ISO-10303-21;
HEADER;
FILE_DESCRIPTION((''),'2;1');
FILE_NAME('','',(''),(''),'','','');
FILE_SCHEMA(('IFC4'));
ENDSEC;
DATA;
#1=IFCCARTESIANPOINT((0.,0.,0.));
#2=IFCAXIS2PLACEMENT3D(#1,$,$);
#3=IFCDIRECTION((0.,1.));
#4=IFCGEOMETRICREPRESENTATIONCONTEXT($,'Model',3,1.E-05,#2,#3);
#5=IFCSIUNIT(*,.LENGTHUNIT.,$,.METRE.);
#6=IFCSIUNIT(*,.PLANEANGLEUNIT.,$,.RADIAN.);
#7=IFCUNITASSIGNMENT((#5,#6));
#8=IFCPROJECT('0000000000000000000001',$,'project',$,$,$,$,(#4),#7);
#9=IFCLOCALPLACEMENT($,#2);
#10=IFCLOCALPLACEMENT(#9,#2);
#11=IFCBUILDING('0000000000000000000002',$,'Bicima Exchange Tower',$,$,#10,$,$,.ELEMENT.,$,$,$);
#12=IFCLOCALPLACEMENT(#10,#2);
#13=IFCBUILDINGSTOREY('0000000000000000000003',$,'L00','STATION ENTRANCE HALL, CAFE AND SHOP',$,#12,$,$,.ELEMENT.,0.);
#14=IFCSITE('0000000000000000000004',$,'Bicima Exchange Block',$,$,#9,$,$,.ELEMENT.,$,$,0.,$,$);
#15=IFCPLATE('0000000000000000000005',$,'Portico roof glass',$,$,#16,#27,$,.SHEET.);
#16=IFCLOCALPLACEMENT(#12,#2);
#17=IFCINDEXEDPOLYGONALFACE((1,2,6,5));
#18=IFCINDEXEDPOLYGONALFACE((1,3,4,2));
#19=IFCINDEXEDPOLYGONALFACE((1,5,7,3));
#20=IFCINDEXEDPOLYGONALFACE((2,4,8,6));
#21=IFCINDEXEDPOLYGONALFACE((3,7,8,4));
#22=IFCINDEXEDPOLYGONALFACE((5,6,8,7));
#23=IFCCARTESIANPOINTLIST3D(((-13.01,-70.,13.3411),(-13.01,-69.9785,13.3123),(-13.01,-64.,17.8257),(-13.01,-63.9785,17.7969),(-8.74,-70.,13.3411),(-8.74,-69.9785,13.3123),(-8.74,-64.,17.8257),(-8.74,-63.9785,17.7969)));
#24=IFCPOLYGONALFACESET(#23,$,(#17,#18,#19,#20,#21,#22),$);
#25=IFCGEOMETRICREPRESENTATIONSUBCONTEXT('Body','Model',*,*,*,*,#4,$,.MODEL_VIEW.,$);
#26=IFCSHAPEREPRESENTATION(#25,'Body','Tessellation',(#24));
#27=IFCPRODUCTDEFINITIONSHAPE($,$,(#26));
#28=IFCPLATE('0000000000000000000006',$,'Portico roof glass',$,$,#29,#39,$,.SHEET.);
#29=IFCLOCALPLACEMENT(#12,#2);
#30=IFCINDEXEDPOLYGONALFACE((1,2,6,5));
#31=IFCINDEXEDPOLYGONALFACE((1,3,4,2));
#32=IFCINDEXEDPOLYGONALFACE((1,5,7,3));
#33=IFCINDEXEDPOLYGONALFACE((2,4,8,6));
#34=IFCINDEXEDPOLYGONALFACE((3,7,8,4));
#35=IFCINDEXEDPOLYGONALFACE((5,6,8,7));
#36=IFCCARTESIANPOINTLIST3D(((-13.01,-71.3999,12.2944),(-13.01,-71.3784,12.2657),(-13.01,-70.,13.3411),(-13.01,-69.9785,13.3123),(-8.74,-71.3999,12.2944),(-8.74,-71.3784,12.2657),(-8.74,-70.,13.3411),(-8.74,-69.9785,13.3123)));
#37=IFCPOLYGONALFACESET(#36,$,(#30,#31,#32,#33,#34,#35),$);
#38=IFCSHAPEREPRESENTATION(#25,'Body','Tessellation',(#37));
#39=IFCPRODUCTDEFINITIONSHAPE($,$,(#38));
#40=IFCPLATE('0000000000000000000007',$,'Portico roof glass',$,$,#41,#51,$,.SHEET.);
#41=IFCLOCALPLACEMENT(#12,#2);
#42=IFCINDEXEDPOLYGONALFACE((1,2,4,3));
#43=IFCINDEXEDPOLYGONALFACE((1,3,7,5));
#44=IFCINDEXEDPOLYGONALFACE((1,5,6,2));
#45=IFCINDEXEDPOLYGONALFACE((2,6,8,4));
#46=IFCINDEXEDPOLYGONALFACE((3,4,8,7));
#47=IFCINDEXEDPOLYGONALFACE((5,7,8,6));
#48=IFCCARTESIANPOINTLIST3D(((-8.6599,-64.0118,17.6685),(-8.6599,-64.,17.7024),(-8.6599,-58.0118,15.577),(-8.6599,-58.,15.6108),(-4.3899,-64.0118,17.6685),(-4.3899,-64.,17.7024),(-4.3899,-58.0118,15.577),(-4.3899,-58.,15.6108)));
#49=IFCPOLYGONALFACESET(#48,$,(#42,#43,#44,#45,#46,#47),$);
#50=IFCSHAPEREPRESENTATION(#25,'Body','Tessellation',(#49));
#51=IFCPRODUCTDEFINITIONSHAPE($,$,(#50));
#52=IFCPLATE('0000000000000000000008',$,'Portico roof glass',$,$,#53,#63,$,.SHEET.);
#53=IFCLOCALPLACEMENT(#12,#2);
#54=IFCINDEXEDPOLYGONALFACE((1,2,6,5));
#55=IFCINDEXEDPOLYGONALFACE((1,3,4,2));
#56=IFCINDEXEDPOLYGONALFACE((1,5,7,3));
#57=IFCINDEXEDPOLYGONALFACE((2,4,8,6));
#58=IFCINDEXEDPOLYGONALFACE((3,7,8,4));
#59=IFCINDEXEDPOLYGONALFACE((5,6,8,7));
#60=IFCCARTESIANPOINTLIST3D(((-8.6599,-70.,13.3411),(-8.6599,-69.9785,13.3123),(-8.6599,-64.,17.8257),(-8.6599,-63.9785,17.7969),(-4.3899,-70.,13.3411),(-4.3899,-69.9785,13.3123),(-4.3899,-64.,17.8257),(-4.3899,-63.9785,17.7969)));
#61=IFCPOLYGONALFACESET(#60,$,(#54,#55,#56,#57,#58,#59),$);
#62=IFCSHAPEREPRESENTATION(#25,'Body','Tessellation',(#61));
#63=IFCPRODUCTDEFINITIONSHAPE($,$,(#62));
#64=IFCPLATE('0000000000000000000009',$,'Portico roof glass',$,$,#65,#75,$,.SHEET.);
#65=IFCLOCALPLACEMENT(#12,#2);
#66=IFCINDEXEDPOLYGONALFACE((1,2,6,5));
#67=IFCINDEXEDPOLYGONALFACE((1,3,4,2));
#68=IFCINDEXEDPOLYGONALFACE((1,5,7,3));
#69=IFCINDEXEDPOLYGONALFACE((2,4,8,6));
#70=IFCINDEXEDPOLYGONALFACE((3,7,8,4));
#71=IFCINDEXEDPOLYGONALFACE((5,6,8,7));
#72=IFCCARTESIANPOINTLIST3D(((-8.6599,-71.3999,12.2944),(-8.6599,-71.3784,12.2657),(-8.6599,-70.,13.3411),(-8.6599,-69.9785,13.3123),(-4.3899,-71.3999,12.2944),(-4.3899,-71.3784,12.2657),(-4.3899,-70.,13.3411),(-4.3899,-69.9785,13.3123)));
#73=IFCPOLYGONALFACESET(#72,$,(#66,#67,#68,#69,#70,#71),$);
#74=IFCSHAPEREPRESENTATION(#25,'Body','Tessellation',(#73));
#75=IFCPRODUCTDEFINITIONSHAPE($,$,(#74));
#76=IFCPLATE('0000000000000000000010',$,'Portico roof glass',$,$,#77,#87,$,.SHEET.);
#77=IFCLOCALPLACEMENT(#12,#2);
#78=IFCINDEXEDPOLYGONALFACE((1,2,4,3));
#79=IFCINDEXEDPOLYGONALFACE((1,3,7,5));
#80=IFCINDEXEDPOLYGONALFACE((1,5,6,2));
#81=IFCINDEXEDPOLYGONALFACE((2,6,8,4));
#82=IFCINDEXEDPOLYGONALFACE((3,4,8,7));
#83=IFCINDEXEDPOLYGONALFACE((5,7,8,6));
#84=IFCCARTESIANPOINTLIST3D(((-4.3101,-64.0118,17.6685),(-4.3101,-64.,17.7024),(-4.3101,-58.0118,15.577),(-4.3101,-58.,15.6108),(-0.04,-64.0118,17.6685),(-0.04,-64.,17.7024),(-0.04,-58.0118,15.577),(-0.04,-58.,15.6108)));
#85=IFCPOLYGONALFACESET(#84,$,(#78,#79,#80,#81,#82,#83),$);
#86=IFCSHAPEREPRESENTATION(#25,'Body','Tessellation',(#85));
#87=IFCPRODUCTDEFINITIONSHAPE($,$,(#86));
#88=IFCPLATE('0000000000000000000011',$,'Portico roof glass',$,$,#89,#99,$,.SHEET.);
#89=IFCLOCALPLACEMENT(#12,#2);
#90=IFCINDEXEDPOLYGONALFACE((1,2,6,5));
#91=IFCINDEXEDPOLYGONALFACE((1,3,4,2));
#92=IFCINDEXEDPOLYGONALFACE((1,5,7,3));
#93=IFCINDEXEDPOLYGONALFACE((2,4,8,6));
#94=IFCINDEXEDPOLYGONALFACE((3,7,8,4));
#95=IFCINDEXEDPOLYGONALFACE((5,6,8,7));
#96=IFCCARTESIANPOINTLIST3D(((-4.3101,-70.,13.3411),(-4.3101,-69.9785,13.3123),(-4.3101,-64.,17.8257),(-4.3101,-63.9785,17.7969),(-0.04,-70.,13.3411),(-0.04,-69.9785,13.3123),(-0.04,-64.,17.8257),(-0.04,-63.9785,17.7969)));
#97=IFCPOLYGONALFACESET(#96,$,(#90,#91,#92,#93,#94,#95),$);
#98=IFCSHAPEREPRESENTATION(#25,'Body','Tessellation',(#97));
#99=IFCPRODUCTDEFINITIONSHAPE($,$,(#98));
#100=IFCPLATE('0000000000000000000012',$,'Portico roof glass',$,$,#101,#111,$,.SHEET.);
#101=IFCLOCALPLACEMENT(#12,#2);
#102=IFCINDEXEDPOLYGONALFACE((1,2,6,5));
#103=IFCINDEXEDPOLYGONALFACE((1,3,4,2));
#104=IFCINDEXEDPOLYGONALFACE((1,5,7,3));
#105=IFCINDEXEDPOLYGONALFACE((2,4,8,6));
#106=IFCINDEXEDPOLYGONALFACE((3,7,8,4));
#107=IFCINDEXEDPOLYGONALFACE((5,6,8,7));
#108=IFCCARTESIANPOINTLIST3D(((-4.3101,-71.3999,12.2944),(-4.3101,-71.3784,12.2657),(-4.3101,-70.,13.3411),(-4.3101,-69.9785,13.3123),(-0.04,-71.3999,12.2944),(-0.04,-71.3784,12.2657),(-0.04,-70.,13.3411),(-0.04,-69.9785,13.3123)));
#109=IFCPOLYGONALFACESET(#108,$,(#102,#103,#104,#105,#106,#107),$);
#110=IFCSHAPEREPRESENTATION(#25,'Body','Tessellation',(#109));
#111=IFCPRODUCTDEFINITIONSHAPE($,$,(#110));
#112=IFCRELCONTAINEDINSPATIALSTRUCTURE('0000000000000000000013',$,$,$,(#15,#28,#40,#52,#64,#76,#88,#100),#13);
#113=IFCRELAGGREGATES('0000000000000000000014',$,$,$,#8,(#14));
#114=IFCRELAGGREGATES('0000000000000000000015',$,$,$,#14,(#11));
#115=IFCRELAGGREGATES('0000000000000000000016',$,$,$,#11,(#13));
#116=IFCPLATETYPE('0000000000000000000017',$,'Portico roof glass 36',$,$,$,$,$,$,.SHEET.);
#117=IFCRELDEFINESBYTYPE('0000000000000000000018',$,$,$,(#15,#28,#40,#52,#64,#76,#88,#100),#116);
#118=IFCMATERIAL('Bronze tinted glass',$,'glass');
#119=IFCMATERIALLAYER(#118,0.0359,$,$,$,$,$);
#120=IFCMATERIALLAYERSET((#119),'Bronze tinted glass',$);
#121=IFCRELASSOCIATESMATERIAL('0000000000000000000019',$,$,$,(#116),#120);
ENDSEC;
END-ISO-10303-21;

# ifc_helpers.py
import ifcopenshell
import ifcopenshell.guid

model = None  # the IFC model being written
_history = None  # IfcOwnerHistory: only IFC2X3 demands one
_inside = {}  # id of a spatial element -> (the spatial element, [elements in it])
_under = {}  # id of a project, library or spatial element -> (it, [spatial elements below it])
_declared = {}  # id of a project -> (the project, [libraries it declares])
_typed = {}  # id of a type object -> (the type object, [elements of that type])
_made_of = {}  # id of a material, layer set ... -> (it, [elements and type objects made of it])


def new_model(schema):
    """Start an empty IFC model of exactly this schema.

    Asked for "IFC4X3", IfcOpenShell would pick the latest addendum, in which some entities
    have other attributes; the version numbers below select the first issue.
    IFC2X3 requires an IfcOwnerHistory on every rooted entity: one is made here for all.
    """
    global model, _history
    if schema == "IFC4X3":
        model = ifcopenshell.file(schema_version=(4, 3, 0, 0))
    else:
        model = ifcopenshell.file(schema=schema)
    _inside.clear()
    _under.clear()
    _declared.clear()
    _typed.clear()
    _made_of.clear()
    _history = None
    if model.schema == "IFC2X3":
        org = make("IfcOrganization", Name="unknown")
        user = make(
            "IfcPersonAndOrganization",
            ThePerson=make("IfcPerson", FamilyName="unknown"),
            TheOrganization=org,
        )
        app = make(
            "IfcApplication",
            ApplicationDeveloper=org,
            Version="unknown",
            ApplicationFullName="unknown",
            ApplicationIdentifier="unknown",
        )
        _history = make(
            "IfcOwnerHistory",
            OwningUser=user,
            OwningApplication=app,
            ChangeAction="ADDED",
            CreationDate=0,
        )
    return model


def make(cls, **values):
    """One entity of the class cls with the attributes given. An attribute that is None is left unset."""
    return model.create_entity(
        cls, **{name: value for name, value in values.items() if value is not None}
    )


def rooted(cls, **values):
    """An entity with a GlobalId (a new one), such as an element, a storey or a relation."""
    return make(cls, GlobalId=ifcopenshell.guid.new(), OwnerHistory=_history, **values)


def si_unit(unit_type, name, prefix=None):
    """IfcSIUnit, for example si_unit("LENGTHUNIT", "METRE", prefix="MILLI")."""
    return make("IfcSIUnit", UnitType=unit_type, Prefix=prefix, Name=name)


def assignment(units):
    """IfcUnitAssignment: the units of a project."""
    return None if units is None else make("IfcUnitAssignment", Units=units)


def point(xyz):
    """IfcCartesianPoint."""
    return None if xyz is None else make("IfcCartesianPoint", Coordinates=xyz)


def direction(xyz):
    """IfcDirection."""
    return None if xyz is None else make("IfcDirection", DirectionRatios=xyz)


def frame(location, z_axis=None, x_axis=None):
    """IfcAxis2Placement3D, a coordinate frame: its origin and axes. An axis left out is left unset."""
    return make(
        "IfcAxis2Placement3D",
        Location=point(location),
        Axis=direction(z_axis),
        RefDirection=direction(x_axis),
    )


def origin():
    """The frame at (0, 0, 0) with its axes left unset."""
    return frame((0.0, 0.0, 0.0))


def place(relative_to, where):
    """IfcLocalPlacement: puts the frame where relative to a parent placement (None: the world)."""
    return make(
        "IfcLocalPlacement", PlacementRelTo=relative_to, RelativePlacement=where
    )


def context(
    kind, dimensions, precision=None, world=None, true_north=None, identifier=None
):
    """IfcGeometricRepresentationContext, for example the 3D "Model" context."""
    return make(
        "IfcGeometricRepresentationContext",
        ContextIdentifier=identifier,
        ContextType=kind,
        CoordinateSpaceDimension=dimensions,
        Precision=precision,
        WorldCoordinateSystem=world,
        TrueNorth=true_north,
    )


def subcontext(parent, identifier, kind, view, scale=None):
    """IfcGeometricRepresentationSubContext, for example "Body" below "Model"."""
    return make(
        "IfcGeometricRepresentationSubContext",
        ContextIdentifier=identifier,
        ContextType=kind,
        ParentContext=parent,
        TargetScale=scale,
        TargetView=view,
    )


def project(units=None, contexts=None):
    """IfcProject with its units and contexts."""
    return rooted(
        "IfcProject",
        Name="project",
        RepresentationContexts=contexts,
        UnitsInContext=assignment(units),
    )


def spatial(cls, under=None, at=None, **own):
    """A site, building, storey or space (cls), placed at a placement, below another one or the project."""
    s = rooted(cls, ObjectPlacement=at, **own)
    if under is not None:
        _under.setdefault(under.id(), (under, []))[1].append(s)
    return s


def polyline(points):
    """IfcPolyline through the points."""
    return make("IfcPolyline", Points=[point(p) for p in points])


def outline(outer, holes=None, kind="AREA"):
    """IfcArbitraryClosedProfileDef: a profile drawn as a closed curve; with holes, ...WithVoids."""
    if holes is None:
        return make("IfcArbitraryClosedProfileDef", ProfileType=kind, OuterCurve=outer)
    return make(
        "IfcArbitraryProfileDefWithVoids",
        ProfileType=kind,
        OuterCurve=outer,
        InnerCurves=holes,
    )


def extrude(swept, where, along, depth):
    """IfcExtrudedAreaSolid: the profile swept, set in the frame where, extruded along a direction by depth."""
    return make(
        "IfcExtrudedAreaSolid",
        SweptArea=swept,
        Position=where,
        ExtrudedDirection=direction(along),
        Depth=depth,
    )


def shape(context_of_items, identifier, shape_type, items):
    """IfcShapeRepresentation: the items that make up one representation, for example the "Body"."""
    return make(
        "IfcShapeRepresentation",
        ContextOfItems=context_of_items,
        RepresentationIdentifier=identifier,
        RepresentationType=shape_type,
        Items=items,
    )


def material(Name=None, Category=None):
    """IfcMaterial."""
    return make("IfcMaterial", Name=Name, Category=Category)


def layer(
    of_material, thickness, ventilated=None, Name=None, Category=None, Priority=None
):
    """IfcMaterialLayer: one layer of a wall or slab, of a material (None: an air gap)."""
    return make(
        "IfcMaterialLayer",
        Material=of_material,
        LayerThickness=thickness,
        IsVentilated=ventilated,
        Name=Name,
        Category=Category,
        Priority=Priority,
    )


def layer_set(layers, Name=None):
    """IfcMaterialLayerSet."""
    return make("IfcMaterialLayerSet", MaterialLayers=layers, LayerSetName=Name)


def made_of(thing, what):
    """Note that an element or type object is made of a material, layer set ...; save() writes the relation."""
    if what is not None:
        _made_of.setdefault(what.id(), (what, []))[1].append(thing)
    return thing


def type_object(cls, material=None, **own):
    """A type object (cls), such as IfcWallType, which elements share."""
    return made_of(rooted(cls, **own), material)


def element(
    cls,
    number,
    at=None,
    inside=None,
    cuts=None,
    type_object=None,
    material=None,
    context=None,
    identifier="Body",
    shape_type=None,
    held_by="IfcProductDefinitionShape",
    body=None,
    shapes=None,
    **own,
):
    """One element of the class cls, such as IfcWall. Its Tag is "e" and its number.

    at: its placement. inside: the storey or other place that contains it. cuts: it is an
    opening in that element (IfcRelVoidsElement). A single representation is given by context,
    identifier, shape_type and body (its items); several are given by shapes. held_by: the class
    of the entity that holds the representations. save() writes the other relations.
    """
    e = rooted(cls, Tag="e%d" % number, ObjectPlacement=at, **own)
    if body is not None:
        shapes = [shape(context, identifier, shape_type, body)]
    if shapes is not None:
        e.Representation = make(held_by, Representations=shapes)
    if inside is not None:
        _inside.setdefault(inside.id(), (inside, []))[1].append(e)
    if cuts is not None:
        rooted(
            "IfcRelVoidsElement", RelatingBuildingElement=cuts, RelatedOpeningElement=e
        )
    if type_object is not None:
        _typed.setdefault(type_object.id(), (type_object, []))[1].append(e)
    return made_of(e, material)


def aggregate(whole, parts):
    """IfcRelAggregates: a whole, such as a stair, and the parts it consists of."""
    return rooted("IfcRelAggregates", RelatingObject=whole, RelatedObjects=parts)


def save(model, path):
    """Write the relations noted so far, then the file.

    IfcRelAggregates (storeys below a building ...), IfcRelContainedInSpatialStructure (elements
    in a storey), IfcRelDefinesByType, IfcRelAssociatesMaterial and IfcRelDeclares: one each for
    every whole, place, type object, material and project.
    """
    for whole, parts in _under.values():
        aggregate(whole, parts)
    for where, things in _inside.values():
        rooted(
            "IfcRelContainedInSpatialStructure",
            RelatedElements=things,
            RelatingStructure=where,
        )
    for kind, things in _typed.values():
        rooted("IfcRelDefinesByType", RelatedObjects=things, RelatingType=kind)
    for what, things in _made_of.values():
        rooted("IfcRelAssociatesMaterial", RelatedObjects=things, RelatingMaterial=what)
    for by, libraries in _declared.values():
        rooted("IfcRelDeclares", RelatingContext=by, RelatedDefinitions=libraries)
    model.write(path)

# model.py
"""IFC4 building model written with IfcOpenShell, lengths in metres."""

from ifc_helpers import new_model, si_unit, direction, frame, origin, place, context, subcontext, project, spatial, polyline, outline, extrude, material, layer, layer_set, type_object, element, save


model = new_model("IFC4")

# Units and contexts
model_context = context("Model", 3, precision=1e-05, world=origin(), true_north=direction((0.0, 1.0)))
body_context = subcontext(model_context, "Body", "Model", "MODEL_VIEW")
ifc_project = project(units=[si_unit("LENGTHUNIT", "METRE"), si_unit("PLANEANGLEUNIT", "RADIAN")], contexts=[model_context])

# Site, building, storey
site_placement = place(None, origin())
site = spatial("IfcSite", under=ifc_project, at=site_placement, Name="Bicima Exchange Block", CompositionType="ELEMENT", RefElevation=0.0)
building_placement = place(site_placement, origin())
building = spatial("IfcBuilding", under=site, at=building_placement, Name="Bicima Exchange Tower", CompositionType="ELEMENT")
storey_placement = place(building_placement, origin())
storey = spatial("IfcBuildingStorey", under=building, at=storey_placement, Name="L00", Description="STATION ENTRANCE HALL, CAFE AND SHOP", CompositionType="ELEMENT", Elevation=0.0)

# Plates
ifc_material_1 = material(Name="Bronze tinted glass", Category="glass")
ifc_layer = layer(ifc_material_1, 0.0359)
ifc_layer_set = layer_set([ifc_layer], Name="Bronze tinted glass")
plate_type = type_object("IfcPlateType", Name="Portico roof glass 36", PredefinedType="SHEET", material=ifc_layer_set)
plate_1_placement = place(storey_placement, frame((-13.01, -64.0, 17.8257), z_axis=(0.0, -0.598685, 0.800985), x_axis=(1.0, 0.0, 0.0)))
element("IfcPlate", 1, at=plate_1_placement, inside=storey, type_object=plate_type, Name="Portico roof glass", PredefinedType="SHEET", context=body_context, shape_type="SweptSolid", body=[
    extrude(outline(polyline([(0.0, 0.0), (4.27, 0.0), (4.27, -7.4908), (0.0, -7.4908), (0.0, 0.0)])), origin(), (0.0, 0.0, -1.0), 0.0359),
])
plate_2_placement = place(storey_placement, frame((-13.01, -70.0, 13.3411), z_axis=(0.0, -0.598793, 0.800904), x_axis=(1.0, 0.0, 0.0)))
element("IfcPlate", 2, at=plate_2_placement, inside=storey, type_object=plate_type, Name="Portico roof glass", PredefinedType="SHEET", context=body_context, shape_type="SweptSolid", body=[
    extrude(outline(polyline([(0.0, 0.0), (4.27, 0.0), (4.27, -1.7479), (0.0, -1.7479), (0.0, 0.0)])), origin(), (0.0, 0.0, -1.0), 0.0359),
])
plate_3_placement = place(storey_placement, frame((-8.6599, -58.0, 15.6108), z_axis=(0.0, 0.329166, 0.944272), x_axis=(1.0, 0.0, 0.0)))
element("IfcPlate", 3, at=plate_3_placement, inside=storey, type_object=plate_type, Name="Portico roof glass", PredefinedType="SHEET", context=body_context, shape_type="SweptSolid", body=[
    extrude(outline(polyline([(0.0, 0.0), (4.27, 0.0), (4.27, -6.3541), (0.0, -6.3541), (0.0, 0.0)])), origin(), (0.0, 0.0, -1.0), 0.0359),
])
plate_4_placement = place(storey_placement, frame((-8.6599, -64.0, 17.8257), z_axis=(0.0, -0.598685, 0.800985), x_axis=(1.0, 0.0, 0.0)))
element("IfcPlate", 4, at=plate_4_placement, inside=storey, type_object=plate_type, Name="Portico roof glass", PredefinedType="SHEET", context=body_context, shape_type="SweptSolid", body=[
    extrude(outline(polyline([(0.0, 0.0), (4.27, 0.0), (4.27, -7.4908), (0.0, -7.4908), (0.0, 0.0)])), origin(), (0.0, 0.0, -1.0), 0.0359),
])
plate_5_placement = place(storey_placement, frame((-8.6599, -70.0, 13.3411), z_axis=(0.0, -0.598793, 0.800904), x_axis=(1.0, 0.0, 0.0)))
element("IfcPlate", 5, at=plate_5_placement, inside=storey, type_object=plate_type, Name="Portico roof glass", PredefinedType="SHEET", context=body_context, shape_type="SweptSolid", body=[
    extrude(outline(polyline([(0.0, 0.0), (4.27, 0.0), (4.27, -1.7479), (0.0, -1.7479), (0.0, 0.0)])), origin(), (0.0, 0.0, -1.0), 0.0359),
])
plate_6_placement = place(storey_placement, frame((-4.3101, -58.0, 15.6108), z_axis=(0.0, 0.329166, 0.944272), x_axis=(1.0, 0.0, 0.0)))
element("IfcPlate", 6, at=plate_6_placement, inside=storey, type_object=plate_type, Name="Portico roof glass", PredefinedType="SHEET", context=body_context, shape_type="SweptSolid", body=[
    extrude(outline(polyline([(0.0, 0.0), (4.27, 0.0), (4.27, -6.3541), (0.0, -6.3541), (0.0, 0.0)])), origin(), (0.0, 0.0, -1.0), 0.0359),
])
plate_7_placement = place(storey_placement, frame((-4.3101, -64.0, 17.8257), z_axis=(0.0, -0.598685, 0.800985), x_axis=(1.0, 0.0, 0.0)))
element("IfcPlate", 7, at=plate_7_placement, inside=storey, type_object=plate_type, Name="Portico roof glass", PredefinedType="SHEET", context=body_context, shape_type="SweptSolid", body=[
    extrude(outline(polyline([(0.0, 0.0), (4.27, 0.0), (4.27, -7.4908), (0.0, -7.4908), (0.0, 0.0)])), origin(), (0.0, 0.0, -1.0), 0.0359),
])
plate_8_placement = place(storey_placement, frame((-4.3101, -70.0, 13.3411), z_axis=(0.0, -0.598793, 0.800904), x_axis=(1.0, 0.0, 0.0)))
element("IfcPlate", 8, at=plate_8_placement, inside=storey, type_object=plate_type, Name="Portico roof glass", PredefinedType="SHEET", context=body_context, shape_type="SweptSolid", body=[
    extrude(outline(polyline([(0.0, 0.0), (4.27, 0.0), (4.27, -1.7479), (0.0, -1.7479), (0.0, 0.0)])), origin(), (0.0, 0.0, -1.0), 0.0359),
])

save(model, "model.ifc")
